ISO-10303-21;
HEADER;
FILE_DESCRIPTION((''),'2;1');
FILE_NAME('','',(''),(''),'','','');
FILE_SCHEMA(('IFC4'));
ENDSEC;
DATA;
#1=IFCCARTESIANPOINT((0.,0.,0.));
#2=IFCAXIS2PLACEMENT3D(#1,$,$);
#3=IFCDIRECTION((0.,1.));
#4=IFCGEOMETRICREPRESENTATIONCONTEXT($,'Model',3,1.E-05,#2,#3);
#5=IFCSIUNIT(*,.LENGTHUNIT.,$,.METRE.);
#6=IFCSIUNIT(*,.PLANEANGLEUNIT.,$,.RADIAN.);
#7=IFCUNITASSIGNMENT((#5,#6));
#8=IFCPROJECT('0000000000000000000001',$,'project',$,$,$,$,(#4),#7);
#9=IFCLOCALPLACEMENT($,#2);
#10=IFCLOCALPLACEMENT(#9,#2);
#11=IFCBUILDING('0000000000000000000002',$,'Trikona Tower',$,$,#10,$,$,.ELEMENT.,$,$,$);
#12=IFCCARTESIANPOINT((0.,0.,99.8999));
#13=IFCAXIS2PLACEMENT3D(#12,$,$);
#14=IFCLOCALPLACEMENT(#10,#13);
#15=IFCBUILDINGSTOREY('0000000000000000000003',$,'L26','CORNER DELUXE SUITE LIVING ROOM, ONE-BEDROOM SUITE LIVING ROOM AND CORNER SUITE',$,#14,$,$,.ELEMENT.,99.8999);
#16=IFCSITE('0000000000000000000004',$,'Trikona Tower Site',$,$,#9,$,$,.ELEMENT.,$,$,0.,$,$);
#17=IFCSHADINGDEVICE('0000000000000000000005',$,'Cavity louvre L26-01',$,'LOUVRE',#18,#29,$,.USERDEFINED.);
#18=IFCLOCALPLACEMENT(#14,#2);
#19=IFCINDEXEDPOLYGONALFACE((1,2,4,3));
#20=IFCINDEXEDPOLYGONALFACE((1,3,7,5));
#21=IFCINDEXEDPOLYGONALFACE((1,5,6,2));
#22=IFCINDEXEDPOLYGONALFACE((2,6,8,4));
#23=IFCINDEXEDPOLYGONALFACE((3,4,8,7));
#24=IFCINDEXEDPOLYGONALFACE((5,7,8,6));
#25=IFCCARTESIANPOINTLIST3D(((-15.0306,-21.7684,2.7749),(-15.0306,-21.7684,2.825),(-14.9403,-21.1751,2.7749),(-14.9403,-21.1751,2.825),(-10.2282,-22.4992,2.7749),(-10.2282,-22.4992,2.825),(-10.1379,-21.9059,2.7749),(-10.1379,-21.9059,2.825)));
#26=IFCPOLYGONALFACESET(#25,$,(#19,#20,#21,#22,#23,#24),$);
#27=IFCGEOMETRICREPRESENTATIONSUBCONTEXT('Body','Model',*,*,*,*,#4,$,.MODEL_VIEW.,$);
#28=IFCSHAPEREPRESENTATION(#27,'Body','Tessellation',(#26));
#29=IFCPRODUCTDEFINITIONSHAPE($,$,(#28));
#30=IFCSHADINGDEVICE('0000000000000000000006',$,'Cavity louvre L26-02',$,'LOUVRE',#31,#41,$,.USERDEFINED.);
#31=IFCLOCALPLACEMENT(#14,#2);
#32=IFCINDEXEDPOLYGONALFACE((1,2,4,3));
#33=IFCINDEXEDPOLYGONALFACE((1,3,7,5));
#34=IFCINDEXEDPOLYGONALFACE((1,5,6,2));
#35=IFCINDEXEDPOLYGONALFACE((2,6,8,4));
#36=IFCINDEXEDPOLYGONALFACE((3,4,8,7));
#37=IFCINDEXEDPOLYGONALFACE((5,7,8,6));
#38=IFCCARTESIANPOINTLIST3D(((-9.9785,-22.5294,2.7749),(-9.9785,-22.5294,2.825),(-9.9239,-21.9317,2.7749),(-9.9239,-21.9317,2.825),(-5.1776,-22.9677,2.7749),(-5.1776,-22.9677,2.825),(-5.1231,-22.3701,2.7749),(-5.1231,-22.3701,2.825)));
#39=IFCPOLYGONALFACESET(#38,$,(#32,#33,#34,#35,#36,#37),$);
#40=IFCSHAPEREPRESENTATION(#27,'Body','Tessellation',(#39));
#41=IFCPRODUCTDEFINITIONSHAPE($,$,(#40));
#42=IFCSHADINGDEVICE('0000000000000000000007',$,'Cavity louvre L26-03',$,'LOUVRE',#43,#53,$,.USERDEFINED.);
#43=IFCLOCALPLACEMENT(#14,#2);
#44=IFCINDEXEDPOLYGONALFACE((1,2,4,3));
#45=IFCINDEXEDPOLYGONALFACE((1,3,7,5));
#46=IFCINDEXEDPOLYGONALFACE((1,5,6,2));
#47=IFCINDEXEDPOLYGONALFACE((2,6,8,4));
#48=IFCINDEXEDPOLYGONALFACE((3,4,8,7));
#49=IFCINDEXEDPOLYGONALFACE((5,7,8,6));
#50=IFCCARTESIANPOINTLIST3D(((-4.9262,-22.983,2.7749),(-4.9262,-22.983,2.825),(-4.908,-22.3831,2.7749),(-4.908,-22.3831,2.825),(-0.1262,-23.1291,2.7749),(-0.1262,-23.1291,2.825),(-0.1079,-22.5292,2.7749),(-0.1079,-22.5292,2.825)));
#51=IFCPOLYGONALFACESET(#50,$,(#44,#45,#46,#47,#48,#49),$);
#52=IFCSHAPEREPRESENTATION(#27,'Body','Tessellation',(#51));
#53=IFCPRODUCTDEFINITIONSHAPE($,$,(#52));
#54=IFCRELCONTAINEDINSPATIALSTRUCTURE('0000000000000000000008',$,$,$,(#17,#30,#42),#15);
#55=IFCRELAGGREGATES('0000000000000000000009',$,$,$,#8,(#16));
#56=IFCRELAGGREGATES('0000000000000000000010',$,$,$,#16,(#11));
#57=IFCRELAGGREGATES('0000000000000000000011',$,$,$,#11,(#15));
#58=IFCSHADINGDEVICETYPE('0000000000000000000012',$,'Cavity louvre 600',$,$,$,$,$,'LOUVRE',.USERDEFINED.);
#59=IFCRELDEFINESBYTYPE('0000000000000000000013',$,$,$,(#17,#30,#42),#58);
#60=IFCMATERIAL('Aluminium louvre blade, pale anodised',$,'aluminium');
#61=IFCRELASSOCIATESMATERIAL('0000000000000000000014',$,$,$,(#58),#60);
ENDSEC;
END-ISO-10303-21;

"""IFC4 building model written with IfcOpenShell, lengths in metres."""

from ifc_helpers import new_model, si_unit, direction, frame, origin, origin_2d, place, context, subcontext, project, spatial, rectangle, extrude, material, type_object, element, save


model = new_model("IFC4")

# Units and contexts
model_context = context("Model", 3, precision=1e-05, world=origin(), true_north=direction((0.0, 1.0)))
body_context = subcontext(model_context, "Body", "Model", "MODEL_VIEW")
ifc_project = project(units=[si_unit("LENGTHUNIT", "METRE"), si_unit("PLANEANGLEUNIT", "RADIAN")], contexts=[model_context])

# Site, building, storey
site_placement = place(None, origin())
site = spatial("IfcSite", under=ifc_project, at=site_placement, Name="Trikona Tower Site", CompositionType="ELEMENT", RefElevation=0.0)
building_placement = place(site_placement, origin())
building = spatial("IfcBuilding", under=site, at=building_placement, Name="Trikona Tower", CompositionType="ELEMENT")
storey_placement = place(building_placement, frame((0.0, 0.0, 99.8999)))
storey = spatial("IfcBuildingStorey", under=building, at=storey_placement, Name="L26", Description="CORNER DELUXE SUITE LIVING ROOM, ONE-BEDROOM SUITE LIVING ROOM AND CORNER SUITE", CompositionType="ELEMENT", Elevation=99.8999)

# Shading devices
ifc_material_1 = material(Name="Aluminium louvre blade, pale anodised", Category="aluminium")
shading_device_type = type_object("IfcShadingDeviceType", Name="Cavity louvre 600", ElementType="LOUVRE", PredefinedType="USERDEFINED", material=ifc_material_1)
shading_device_1_placement = place(storey_placement, frame((-12.5842, -21.8372, 2.7749), z_axis=(0.0, 0.0, 1.0), x_axis=(0.988618, -0.150448, 0.0)))
element("IfcShadingDevice", 1, at=shading_device_1_placement, inside=storey, type_object=shading_device_type, Name="Cavity louvre L26-01", ObjectType="LOUVRE", PredefinedType="USERDEFINED", context=body_context, shape_type="SweptSolid", body=[
    extrude(rectangle(XDim=4.8577, YDim=0.6001, at=origin_2d()), origin(), (0.0, 0.0, 1.0), 0.05),
])
shading_device_2_placement = place(storey_placement, frame((-7.5508, -22.4497, 2.7749), z_axis=(0.0, 0.0, 1.0), x_axis=(0.995858, -0.090921, 0.0)))
element("IfcShadingDevice", 2, at=shading_device_2_placement, inside=storey, type_object=shading_device_type, Name="Cavity louvre L26-02", ObjectType="LOUVRE", PredefinedType="USERDEFINED", context=body_context, shape_type="SweptSolid", body=[
    extrude(rectangle(XDim=4.8208, YDim=0.6001, at=origin_2d()), origin(), (0.0, 0.0, 1.0), 0.05),
])
shading_device_3_placement = place(storey_placement, frame((-2.5171, -22.7561, 2.7749), z_axis=(0.0, 0.0, 1.0), x_axis=(0.999537, -0.030425, 0.0)))
element("IfcShadingDevice", 3, at=shading_device_3_placement, inside=storey, type_object=shading_device_type, Name="Cavity louvre L26-03", ObjectType="LOUVRE", PredefinedType="USERDEFINED", context=body_context, shape_type="SweptSolid", body=[
    extrude(rectangle(XDim=4.8022, YDim=0.6001, at=origin_2d()), origin(), (0.0, 0.0, 1.0), 0.05),
])

save(model, "model.ifc")
